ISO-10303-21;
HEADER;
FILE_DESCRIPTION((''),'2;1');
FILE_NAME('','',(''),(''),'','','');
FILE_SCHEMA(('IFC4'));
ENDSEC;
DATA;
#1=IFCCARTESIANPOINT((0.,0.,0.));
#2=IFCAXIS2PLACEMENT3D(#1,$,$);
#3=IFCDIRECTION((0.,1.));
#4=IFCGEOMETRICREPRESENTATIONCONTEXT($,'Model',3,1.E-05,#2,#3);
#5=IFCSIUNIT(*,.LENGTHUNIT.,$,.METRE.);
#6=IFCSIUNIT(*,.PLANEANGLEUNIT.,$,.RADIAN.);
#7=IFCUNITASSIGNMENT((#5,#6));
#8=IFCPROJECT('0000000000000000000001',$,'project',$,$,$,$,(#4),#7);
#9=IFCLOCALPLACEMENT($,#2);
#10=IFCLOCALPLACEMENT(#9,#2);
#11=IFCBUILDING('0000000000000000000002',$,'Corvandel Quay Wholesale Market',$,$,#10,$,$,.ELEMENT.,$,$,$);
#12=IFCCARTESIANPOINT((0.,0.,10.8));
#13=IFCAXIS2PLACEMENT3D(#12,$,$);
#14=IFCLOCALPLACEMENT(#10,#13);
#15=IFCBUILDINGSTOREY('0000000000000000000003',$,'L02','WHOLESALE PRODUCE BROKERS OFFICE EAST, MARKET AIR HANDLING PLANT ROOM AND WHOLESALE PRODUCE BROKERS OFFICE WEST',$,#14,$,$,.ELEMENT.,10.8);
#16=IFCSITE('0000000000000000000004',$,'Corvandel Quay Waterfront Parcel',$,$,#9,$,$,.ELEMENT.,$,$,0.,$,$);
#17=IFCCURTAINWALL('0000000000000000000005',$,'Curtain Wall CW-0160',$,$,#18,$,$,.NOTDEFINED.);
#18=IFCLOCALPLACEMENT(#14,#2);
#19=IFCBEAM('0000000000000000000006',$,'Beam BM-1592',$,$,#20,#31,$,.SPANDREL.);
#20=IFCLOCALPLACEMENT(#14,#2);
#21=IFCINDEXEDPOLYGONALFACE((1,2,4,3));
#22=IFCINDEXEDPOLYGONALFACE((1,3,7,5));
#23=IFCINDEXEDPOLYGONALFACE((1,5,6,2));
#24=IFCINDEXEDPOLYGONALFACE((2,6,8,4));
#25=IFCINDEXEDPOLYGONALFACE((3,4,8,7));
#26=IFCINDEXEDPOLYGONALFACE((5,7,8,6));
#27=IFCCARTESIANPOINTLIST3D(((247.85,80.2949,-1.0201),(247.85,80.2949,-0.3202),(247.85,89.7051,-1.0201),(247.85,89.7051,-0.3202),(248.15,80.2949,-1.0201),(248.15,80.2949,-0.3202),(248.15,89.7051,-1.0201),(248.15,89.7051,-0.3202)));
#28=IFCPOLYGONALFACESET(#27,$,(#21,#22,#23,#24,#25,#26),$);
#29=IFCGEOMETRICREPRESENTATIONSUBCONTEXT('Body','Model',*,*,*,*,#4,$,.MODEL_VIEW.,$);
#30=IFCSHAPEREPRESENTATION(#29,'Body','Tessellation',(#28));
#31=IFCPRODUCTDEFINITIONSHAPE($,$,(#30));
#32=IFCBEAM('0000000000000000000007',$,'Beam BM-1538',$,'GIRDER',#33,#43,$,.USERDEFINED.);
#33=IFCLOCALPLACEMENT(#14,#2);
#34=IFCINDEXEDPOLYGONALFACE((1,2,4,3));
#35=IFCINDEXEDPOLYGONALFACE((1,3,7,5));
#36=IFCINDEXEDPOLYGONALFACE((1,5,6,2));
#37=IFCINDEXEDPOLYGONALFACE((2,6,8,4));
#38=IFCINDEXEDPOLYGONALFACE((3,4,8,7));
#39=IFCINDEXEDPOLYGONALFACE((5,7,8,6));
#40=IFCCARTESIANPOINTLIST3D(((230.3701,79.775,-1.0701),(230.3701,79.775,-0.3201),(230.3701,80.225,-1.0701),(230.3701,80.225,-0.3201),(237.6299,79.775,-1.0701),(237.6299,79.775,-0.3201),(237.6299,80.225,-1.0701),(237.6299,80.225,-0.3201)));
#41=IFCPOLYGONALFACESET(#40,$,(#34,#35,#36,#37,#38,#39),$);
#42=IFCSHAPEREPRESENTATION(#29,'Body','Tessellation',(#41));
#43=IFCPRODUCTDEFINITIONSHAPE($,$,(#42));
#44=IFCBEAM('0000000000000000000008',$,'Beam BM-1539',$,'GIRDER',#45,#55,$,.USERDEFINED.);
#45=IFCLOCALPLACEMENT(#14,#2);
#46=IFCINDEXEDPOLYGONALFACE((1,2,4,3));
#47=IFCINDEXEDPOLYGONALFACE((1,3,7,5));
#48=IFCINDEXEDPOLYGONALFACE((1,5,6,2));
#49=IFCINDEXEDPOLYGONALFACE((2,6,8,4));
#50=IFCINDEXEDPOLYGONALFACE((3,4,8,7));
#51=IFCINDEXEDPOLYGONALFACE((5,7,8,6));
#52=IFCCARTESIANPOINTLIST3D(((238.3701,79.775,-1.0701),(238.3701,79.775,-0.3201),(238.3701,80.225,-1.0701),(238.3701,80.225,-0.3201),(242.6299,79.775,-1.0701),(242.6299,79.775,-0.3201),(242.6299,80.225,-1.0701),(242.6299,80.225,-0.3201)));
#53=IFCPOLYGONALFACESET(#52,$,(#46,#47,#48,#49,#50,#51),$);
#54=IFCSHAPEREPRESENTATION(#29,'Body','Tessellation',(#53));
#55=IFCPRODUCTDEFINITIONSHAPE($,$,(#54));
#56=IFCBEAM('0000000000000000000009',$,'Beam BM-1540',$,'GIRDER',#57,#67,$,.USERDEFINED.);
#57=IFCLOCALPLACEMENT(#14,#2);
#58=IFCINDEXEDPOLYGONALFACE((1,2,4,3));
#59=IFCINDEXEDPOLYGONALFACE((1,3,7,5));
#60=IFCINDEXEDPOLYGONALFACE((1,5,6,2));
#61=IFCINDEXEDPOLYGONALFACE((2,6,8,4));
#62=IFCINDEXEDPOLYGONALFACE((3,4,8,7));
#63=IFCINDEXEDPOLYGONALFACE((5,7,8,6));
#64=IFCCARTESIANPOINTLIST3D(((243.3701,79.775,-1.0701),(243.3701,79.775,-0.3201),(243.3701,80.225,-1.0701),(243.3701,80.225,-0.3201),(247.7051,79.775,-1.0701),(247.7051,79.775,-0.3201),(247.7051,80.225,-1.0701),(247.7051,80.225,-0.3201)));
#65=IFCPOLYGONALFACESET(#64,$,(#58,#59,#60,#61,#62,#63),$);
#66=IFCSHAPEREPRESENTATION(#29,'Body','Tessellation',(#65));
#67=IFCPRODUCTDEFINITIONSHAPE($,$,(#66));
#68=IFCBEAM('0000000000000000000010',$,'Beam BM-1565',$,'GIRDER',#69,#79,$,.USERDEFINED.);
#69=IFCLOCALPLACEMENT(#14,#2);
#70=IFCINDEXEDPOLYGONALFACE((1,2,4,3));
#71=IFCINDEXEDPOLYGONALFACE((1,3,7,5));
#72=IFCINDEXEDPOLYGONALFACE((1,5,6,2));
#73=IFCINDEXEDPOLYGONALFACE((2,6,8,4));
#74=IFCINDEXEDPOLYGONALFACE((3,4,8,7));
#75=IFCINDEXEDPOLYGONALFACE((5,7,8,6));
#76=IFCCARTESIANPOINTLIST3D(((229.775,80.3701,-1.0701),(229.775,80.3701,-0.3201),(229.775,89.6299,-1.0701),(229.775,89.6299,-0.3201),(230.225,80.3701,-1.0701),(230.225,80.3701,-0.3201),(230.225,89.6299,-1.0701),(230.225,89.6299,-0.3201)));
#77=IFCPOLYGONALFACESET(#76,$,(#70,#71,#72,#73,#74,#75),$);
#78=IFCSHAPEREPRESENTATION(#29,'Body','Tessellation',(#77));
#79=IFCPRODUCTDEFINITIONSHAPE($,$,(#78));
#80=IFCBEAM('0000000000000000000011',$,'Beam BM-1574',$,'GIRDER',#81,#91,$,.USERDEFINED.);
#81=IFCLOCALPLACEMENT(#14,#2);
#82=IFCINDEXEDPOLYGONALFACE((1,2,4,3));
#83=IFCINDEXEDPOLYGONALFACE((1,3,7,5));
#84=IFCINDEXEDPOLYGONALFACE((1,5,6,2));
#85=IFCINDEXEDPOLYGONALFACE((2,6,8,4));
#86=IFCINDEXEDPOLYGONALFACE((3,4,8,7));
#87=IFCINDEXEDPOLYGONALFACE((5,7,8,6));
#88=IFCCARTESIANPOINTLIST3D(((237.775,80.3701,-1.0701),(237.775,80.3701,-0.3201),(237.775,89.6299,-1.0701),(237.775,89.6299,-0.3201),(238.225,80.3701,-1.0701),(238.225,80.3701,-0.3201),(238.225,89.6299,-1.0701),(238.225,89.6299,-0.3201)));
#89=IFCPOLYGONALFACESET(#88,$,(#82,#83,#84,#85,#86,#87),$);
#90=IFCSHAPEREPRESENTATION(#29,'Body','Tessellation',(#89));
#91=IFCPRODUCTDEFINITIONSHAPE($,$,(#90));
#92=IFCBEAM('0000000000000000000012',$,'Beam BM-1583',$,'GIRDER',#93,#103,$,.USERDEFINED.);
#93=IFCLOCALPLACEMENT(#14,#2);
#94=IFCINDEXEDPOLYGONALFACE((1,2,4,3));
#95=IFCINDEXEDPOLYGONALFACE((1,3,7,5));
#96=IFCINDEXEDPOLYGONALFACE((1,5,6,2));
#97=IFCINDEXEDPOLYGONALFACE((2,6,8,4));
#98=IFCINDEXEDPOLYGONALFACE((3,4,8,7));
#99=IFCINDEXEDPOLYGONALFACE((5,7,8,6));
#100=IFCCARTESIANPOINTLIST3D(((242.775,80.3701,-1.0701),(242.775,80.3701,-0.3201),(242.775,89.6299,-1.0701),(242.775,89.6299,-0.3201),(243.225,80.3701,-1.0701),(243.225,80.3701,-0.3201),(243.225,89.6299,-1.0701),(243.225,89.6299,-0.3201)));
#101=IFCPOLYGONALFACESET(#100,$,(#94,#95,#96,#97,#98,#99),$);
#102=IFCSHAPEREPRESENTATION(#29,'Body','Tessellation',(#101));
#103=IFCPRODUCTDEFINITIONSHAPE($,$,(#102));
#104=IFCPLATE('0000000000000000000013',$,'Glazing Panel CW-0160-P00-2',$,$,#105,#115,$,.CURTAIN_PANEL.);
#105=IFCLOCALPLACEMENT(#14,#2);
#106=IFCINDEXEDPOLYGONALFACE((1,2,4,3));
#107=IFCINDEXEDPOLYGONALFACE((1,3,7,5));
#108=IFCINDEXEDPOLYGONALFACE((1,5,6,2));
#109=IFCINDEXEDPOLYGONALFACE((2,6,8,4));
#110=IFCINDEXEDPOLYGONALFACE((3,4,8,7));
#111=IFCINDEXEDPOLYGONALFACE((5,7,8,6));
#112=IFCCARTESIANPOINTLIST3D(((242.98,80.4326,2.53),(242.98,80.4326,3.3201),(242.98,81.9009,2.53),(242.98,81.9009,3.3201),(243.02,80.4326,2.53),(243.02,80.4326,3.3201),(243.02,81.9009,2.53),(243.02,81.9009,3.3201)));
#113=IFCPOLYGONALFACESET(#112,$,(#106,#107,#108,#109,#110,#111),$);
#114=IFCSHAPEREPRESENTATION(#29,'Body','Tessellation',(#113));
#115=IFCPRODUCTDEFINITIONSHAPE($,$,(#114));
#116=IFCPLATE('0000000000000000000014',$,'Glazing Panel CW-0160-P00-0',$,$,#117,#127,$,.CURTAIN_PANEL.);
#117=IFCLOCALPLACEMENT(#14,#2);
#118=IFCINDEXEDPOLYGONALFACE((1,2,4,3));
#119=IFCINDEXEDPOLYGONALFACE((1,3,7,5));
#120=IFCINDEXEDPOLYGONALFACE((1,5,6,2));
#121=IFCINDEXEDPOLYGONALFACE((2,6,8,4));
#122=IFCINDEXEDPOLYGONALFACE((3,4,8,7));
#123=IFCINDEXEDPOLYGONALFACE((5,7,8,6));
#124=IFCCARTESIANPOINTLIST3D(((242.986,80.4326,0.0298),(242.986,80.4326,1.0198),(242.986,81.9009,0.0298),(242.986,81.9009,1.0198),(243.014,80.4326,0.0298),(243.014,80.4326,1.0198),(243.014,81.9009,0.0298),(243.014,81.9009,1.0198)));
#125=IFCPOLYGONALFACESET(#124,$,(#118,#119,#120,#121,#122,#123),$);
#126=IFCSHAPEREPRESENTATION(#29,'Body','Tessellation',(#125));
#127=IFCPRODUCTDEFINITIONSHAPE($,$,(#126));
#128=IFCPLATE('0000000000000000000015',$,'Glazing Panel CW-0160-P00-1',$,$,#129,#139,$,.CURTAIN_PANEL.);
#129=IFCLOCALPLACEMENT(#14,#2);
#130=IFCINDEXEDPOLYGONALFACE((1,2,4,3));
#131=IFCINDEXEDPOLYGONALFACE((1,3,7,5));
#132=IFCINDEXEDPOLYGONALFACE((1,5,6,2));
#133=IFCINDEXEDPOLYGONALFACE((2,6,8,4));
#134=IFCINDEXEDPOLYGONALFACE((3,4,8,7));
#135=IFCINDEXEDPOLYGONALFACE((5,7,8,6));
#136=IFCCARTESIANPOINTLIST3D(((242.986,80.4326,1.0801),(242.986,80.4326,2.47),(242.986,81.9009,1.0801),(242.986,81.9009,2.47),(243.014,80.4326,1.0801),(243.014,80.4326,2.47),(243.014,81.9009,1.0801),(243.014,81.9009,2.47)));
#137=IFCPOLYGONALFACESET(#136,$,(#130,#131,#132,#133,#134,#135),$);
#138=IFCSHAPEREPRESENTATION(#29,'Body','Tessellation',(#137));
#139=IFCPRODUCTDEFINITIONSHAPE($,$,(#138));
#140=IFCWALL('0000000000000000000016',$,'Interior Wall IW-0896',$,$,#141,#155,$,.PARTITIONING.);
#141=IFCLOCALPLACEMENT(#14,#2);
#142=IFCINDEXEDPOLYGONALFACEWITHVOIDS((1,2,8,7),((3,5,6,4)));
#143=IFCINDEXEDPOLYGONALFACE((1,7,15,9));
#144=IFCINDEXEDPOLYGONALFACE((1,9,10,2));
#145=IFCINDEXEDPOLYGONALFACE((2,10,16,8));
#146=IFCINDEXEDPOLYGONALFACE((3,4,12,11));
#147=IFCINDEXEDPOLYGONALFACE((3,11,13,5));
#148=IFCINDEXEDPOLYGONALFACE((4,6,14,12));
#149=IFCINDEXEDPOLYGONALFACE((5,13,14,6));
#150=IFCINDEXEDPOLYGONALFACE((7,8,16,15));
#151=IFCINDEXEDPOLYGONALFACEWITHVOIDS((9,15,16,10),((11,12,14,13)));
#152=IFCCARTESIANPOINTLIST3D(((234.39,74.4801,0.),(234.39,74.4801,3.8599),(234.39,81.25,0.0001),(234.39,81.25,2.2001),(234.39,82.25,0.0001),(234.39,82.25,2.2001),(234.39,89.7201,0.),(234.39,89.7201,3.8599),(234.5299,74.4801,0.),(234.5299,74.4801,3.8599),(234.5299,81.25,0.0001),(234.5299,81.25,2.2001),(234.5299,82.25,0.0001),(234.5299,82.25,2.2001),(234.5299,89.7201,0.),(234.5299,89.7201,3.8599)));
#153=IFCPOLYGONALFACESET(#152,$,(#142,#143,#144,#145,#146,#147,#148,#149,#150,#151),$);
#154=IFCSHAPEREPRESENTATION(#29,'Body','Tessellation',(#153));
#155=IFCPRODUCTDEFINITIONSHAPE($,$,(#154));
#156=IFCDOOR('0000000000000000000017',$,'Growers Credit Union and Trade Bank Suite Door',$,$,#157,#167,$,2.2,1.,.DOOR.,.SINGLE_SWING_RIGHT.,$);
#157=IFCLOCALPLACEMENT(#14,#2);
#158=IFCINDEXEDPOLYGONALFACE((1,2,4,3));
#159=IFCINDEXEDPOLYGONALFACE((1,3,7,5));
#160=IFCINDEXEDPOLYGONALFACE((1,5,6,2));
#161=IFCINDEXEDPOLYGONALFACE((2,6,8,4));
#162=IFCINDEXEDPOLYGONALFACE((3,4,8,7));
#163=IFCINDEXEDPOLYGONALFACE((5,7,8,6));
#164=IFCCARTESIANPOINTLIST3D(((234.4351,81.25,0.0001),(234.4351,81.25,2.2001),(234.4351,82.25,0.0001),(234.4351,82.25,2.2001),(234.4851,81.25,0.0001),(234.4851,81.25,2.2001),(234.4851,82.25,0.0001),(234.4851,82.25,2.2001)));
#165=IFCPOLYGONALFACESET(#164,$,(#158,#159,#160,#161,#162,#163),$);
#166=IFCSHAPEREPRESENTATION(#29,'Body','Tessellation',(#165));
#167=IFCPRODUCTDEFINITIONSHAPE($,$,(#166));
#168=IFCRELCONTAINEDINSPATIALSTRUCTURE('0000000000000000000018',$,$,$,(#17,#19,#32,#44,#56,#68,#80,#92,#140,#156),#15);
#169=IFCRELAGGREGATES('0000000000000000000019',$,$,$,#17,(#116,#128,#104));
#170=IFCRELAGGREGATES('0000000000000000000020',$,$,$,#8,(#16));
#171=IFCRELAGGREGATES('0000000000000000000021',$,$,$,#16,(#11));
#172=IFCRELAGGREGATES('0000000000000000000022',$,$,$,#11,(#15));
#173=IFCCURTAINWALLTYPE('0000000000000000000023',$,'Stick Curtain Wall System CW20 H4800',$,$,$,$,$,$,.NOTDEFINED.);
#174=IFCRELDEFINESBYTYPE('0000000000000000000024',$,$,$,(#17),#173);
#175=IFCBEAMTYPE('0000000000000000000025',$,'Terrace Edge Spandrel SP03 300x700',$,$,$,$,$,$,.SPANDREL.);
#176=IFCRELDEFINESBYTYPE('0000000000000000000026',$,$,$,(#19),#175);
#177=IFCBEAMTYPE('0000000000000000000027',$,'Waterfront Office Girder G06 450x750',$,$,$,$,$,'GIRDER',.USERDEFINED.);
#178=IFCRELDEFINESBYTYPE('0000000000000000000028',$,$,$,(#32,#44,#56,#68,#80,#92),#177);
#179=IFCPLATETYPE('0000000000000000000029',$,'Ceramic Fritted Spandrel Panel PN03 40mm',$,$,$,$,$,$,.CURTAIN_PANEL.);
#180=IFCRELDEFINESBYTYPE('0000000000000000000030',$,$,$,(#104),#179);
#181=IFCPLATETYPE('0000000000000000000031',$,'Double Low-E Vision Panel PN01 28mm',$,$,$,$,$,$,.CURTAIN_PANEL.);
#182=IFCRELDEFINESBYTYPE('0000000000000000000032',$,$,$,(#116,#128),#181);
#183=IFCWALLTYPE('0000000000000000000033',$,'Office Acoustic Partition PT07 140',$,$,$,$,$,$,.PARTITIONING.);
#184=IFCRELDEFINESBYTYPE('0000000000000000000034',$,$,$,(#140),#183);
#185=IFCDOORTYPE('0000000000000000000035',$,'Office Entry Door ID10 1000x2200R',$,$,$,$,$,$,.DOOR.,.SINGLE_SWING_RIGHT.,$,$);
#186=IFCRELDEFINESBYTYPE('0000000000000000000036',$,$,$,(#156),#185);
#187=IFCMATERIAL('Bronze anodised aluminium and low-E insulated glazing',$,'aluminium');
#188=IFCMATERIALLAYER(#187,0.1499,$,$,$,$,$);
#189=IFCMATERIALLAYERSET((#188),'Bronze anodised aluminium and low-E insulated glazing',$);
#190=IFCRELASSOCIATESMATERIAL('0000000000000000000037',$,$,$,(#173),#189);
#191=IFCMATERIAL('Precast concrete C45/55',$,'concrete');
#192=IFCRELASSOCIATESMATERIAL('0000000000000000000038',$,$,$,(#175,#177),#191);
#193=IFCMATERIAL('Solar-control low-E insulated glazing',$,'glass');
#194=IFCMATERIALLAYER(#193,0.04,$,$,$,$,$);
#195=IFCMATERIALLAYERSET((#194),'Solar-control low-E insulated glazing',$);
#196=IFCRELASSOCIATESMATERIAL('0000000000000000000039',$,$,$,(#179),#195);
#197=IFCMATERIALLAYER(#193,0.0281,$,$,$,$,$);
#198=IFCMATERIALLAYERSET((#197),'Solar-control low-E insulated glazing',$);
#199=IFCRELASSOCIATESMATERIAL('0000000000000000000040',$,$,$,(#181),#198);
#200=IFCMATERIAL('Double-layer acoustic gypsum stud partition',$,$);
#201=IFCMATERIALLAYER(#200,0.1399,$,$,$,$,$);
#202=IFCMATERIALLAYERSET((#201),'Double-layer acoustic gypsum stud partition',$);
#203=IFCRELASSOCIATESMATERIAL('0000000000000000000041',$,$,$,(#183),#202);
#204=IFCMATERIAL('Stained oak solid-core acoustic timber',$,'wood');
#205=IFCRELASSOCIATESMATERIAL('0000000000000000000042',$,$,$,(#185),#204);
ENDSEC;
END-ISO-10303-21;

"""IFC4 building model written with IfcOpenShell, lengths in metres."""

from ifc_helpers import new_model, si_unit, direction, frame, frame_2d, origin, origin_2d, place, context, subcontext, project, spatial, rectangle, extrude, material, layer, layer_set, material_profile, profile_set, type_object, element, fill, aggregate, save


model = new_model("IFC4")

# Units and contexts
model_context = context("Model", 3, precision=1e-05, world=origin(), true_north=direction((0.0, 1.0)))
body_context = subcontext(model_context, "Body", "Model", "MODEL_VIEW")
ifc_project = project(units=[si_unit("LENGTHUNIT", "METRE"), si_unit("PLANEANGLEUNIT", "RADIAN")], contexts=[model_context])

# Site, building, storey
site_placement = place(None, origin())
site = spatial("IfcSite", under=ifc_project, at=site_placement, Name="Corvandel Quay Waterfront Parcel", CompositionType="ELEMENT", RefElevation=0.0)
building_placement = place(site_placement, origin())
building = spatial("IfcBuilding", under=site, at=building_placement, Name="Corvandel Quay Wholesale Market", CompositionType="ELEMENT")
storey_placement = place(building_placement, frame((0.0, 0.0, 10.8)))
storey = spatial("IfcBuildingStorey", under=building, at=storey_placement, Name="L02", Description="WHOLESALE PRODUCE BROKERS OFFICE EAST, MARKET AIR HANDLING PLANT ROOM AND WHOLESALE PRODUCE BROKERS OFFICE WEST", CompositionType="ELEMENT", Elevation=10.8)

# Shared definitions
ifc_material_1 = material(Name="Precast concrete C45/55", Category="concrete")

# Curtain wall
ifc_material_2 = material(Name="Bronze anodised aluminium and low-E insulated glazing", Category="aluminium")
ifc_layer_1 = layer(ifc_material_2, 0.1499)
ifc_layer_set_1 = layer_set([ifc_layer_1], Name="Bronze anodised aluminium and low-E insulated glazing")
curtain_wall_type = type_object("IfcCurtainWallType", Name="Stick Curtain Wall System CW20 H4800", PredefinedType="NOTDEFINED", material=ifc_layer_set_1)
curtain_wall_placement = place(storey_placement, origin())
curtain_wall = element("IfcCurtainWall", 1, at=curtain_wall_placement, inside=storey, type_object=curtain_wall_type, Name="Curtain Wall CW-0160", PredefinedType="NOTDEFINED")

# Beams
ifc_material_profile_1 = material_profile(ifc_material_1, rectangle(XDim=0.3, YDim=0.7, at=origin_2d()), Name="PC-SPN-300x700")
ifc_profile_set_1 = profile_set([ifc_material_profile_1], Name="Precast concrete C45/55")
beam_type_1 = type_object("IfcBeamType", Name="Terrace Edge Spandrel SP03 300x700", PredefinedType="SPANDREL", material=ifc_profile_set_1)
beam_1_placement = place(storey_placement, frame((248.0, 80.2949, -0.6702), z_axis=(0.0, 1.0, 0.0), x_axis=(-1.0, 0.0, 0.0)))
element("IfcBeam", 2, at=beam_1_placement, inside=storey, type_object=beam_type_1, Name="Beam BM-1592", PredefinedType="SPANDREL", context=body_context, shape_type="SweptSolid", body=[
    extrude(rectangle(XDim=0.3, YDim=0.7, at=origin_2d()), origin(), (0.0, 0.0, 1.0), 9.4102),
])
ifc_material_profile_2 = material_profile(ifc_material_1, rectangle(XDim=0.45, YDim=0.75, at=origin_2d()), Name="PC-GIR-450x750")
ifc_profile_set_2 = profile_set([ifc_material_profile_2], Name="Precast concrete C45/55")
beam_type_2 = type_object("IfcBeamType", Name="Waterfront Office Girder G06 450x750", ElementType="GIRDER", PredefinedType="USERDEFINED", material=ifc_profile_set_2)
beam_2_placement = place(storey_placement, frame((230.3701, 80.0, -0.6951), z_axis=(1.0, 0.0, 0.0), x_axis=(0.0, 1.0, 0.0)))
element("IfcBeam", 3, at=beam_2_placement, inside=storey, type_object=beam_type_2, Name="Beam BM-1538", ObjectType="GIRDER", PredefinedType="USERDEFINED", context=body_context, shape_type="SweptSolid", body=[
    extrude(rectangle(XDim=0.45, YDim=0.75, at=origin_2d()), origin(), (0.0, 0.0, 1.0), 7.2598),
])
beam_3_placement = place(storey_placement, frame((238.3701, 80.0, -0.6951), z_axis=(1.0, 0.0, 0.0), x_axis=(0.0, 1.0, 0.0)))
element("IfcBeam", 4, at=beam_3_placement, inside=storey, type_object=beam_type_2, Name="Beam BM-1539", ObjectType="GIRDER", PredefinedType="USERDEFINED", context=body_context, shape_type="SweptSolid", body=[
    extrude(rectangle(XDim=0.45, YDim=0.75, at=origin_2d()), origin(), (0.0, 0.0, 1.0), 4.2598),
])
beam_4_placement = place(storey_placement, frame((243.3701, 80.0, -0.6951), z_axis=(1.0, 0.0, 0.0), x_axis=(0.0, 1.0, 0.0)))
element("IfcBeam", 5, at=beam_4_placement, inside=storey, type_object=beam_type_2, Name="Beam BM-1540", ObjectType="GIRDER", PredefinedType="USERDEFINED", context=body_context, shape_type="SweptSolid", body=[
    extrude(rectangle(XDim=0.45, YDim=0.75, at=origin_2d()), origin(), (0.0, 0.0, 1.0), 4.335),
])
for number, where, z_axis, x_axis, name in (
    (6, (230.0, 80.3701, -0.6951), (0.0, 1.0, 0.0), (-1.0, 0.0, 0.0), "Beam BM-1565"),
    (7, (238.0, 80.3701, -0.6951), (0.0, 1.0, 0.0), (-1.0, 0.0, 0.0), "Beam BM-1574"),
    (8, (243.0, 80.3701, -0.6951), (0.0, 1.0, 0.0), (-1.0, 0.0, 0.0), "Beam BM-1583"),
):
    element("IfcBeam", number, at=place(storey_placement, frame(where, z_axis=z_axis, x_axis=x_axis)), inside=storey, type_object=beam_type_2, Name=name, ObjectType="GIRDER", PredefinedType="USERDEFINED", context=body_context, shape_type="SweptSolid", body=[
        extrude(rectangle(XDim=0.45, YDim=0.75, at=origin_2d()), origin(), (0.0, 0.0, 1.0), 9.2598),
    ])

# Plates
ifc_material_3 = material(Name="Solar-control low-E insulated glazing", Category="glass")
ifc_layer_2 = layer(ifc_material_3, 0.04)
ifc_layer_set_2 = layer_set([ifc_layer_2], Name="Solar-control low-E insulated glazing")
plate_type_1 = type_object("IfcPlateType", Name="Ceramic Fritted Spandrel Panel PN03 40mm", PredefinedType="CURTAIN_PANEL", material=ifc_layer_set_2)
plate_1_placement = place(storey_placement, frame((243.0, 81.1667, 2.53), z_axis=(0.0, 0.0, 1.0), x_axis=(0.0, 1.0, 0.0)))
plate_1 = element("IfcPlate", 9, at=plate_1_placement, type_object=plate_type_1, Name="Glazing Panel CW-0160-P00-2", PredefinedType="CURTAIN_PANEL", context=body_context, shape_type="SweptSolid", body=[
    extrude(rectangle(XDim=1.4683, YDim=0.04, at=origin_2d()), origin(), (0.0, 0.0, 1.0), 0.79),
])
ifc_layer_3 = layer(ifc_material_3, 0.0281)
ifc_layer_set_3 = layer_set([ifc_layer_3], Name="Solar-control low-E insulated glazing")
plate_type_2 = type_object("IfcPlateType", Name="Double Low-E Vision Panel PN01 28mm", PredefinedType="CURTAIN_PANEL", material=ifc_layer_set_3)
plate_2_placement = place(storey_placement, frame((243.0, 81.1667, 0.0298), z_axis=(0.0, 0.0, 1.0), x_axis=(0.0, 1.0, 0.0)))
plate_2 = element("IfcPlate", 10, at=plate_2_placement, type_object=plate_type_2, Name="Glazing Panel CW-0160-P00-0", PredefinedType="CURTAIN_PANEL", context=body_context, shape_type="SweptSolid", body=[
    extrude(rectangle(XDim=1.4683, YDim=0.0281, at=origin_2d()), origin(), (0.0, 0.0, 1.0), 0.99),
])
plate_3_placement = place(storey_placement, frame((243.0, 81.1667, 1.0801), z_axis=(0.0, 0.0, 1.0), x_axis=(0.0, 1.0, 0.0)))
plate_3 = element("IfcPlate", 11, at=plate_3_placement, type_object=plate_type_2, Name="Glazing Panel CW-0160-P00-1", PredefinedType="CURTAIN_PANEL", context=body_context, shape_type="SweptSolid", body=[
    extrude(rectangle(XDim=1.4683, YDim=0.0281, at=origin_2d()), origin(), (0.0, 0.0, 1.0), 1.3899),
])
aggregate(curtain_wall, [plate_2, plate_3, plate_1])

# Wall, opening, door
ifc_material_4 = material(Name="Double-layer acoustic gypsum stud partition")
ifc_layer_4 = layer(ifc_material_4, 0.1399)
ifc_layer_set_4 = layer_set([ifc_layer_4], Name="Double-layer acoustic gypsum stud partition")
wall_type = type_object("IfcWallType", Name="Office Acoustic Partition PT07 140", PredefinedType="PARTITIONING", material=ifc_layer_set_4)
wall_1_placement = place(storey_placement, frame((234.46, 74.48, 0.0), z_axis=(0.0, 0.0, 1.0), x_axis=(0.0, 1.0, 0.0)))
wall_1 = element("IfcWall", 12, at=wall_1_placement, inside=storey, type_object=wall_type, Name="Interior Wall IW-0896", PredefinedType="PARTITIONING", context=body_context, shape_type="SweptSolid", body=[
    extrude(rectangle(XDim=15.24, YDim=0.1399, at=frame_2d((7.6201, 0.0))), origin(), (0.0, 0.0, 1.0), 3.8599),
])
opening_1_placement = place(wall_1_placement, frame((6.77, 0.0, 0.0)))
opening_1 = element("IfcOpeningElement", 13, at=opening_1_placement, cuts=wall_1, PredefinedType="OPENING", context=body_context, shape_type="SweptSolid", body=[
    extrude(rectangle(XDim=1.0, YDim=2.2, at=frame_2d((0.5, 1.1001))), frame((0.0, 0.0798, 0.0), z_axis=(0.0, -1.0, 0.0), x_axis=(1.0, 0.0, 0.0)), (0.0, 0.0, 1.0), 0.1599),
])
ifc_material_5 = material(Name="Stained oak solid-core acoustic timber", Category="wood")
door_type_1 = type_object("IfcDoorType", Name="Office Entry Door ID10 1000x2200R", OperationType="SINGLE_SWING_RIGHT", PredefinedType="DOOR", material=ifc_material_5)
door_1_placement = place(opening_1_placement, origin())
door_1 = element("IfcDoor", 14, at=door_1_placement, inside=storey, type_object=door_type_1, Name="Growers Credit Union and Trade Bank Suite Door", OperationType="SINGLE_SWING_RIGHT", OverallHeight=2.2, OverallWidth=1.0, PredefinedType="DOOR", context=body_context, shape_type="SweptSolid", body=[
    extrude(rectangle(XDim=1.0, YDim=2.2, at=frame_2d((0.5, 1.1001))), frame((0.0, 0.0249, 0.0), z_axis=(0.0, -1.0, 0.0), x_axis=(1.0, 0.0, 0.0)), (0.0, 0.0, 1.0), 0.05),
])
fill(opening_1, door_1)

save(model, "model.ifc")
